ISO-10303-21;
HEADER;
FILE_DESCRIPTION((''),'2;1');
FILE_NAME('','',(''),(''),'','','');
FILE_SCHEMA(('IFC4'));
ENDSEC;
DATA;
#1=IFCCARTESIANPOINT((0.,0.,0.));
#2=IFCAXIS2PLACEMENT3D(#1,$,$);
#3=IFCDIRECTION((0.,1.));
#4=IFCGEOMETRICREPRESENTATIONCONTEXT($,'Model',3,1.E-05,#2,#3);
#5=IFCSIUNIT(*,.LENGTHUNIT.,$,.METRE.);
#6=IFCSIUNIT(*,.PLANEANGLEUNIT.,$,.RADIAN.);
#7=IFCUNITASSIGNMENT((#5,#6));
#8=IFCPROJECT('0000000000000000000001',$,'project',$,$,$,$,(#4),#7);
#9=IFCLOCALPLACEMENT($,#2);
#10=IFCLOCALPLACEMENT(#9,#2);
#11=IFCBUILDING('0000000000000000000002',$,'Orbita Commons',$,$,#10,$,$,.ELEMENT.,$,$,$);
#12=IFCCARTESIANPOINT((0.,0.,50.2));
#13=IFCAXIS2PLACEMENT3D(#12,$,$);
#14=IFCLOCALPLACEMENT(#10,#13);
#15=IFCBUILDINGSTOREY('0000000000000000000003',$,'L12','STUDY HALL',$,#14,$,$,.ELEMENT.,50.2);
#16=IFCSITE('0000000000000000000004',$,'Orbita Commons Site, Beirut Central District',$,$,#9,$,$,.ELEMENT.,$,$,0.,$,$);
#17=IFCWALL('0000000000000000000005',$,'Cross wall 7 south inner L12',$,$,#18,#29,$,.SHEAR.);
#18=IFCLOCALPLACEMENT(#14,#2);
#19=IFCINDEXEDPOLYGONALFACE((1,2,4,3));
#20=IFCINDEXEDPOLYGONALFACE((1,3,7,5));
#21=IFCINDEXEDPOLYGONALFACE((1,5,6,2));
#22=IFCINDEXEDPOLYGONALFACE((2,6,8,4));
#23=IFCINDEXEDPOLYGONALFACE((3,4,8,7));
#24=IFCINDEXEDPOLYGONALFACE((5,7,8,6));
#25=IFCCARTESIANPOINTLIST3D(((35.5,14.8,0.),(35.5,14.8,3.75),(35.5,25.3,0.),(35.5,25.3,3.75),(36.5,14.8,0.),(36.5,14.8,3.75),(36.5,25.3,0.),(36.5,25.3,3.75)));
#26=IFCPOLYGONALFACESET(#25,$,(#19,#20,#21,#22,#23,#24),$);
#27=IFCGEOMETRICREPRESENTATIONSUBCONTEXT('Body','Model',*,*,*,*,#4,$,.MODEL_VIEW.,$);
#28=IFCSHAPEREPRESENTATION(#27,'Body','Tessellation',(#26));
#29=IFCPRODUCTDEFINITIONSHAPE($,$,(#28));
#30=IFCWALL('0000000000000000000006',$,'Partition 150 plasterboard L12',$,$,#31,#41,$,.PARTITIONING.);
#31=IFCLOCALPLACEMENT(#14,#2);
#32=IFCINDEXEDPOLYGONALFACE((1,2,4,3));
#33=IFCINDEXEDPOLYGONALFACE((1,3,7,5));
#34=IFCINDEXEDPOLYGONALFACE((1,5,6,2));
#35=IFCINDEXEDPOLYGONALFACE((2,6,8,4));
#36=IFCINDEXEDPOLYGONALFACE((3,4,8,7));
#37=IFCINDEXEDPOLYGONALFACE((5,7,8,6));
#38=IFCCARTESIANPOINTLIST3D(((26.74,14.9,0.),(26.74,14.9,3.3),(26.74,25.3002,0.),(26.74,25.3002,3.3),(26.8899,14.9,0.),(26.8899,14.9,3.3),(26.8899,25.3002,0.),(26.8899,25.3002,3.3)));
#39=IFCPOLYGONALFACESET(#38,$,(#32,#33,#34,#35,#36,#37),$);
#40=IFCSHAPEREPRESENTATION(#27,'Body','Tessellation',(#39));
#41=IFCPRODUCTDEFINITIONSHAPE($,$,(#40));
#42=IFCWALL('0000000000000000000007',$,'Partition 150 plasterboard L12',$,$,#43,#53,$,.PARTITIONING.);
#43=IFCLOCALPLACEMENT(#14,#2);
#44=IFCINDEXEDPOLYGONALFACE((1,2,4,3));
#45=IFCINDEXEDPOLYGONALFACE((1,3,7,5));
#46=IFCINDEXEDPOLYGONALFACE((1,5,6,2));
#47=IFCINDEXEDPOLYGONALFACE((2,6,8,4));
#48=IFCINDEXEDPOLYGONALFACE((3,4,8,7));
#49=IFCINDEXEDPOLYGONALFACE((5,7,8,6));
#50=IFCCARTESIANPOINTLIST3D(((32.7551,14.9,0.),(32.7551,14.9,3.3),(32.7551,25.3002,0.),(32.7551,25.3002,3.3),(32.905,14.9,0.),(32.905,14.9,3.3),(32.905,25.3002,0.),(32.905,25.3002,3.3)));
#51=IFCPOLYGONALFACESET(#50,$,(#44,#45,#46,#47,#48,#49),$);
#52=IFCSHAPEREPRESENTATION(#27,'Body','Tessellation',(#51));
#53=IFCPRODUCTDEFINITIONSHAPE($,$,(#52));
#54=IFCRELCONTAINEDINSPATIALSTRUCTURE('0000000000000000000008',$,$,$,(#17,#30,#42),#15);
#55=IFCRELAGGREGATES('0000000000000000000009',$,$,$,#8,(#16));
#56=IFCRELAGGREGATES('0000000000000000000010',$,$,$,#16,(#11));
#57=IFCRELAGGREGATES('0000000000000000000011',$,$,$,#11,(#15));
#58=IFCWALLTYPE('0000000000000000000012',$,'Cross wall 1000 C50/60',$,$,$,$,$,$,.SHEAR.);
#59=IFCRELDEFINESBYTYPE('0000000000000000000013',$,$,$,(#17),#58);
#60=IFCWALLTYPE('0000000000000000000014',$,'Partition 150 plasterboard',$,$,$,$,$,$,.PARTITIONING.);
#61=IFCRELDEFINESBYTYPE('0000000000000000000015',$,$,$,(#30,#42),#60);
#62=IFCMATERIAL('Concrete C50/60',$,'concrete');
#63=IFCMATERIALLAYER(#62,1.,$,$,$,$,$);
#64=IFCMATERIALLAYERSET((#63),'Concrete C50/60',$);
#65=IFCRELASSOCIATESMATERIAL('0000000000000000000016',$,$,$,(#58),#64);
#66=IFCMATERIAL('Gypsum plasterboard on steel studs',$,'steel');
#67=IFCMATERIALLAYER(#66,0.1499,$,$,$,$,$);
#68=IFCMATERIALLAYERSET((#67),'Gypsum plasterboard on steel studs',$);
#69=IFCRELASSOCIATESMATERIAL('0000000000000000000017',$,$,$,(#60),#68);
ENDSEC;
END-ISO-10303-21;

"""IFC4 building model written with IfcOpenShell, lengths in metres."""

from ifc_helpers import new_model, si_unit, direction, frame, frame_2d, origin, place, context, subcontext, project, spatial, rectangle, extrude, material, layer, layer_set, type_object, element, save


model = new_model("IFC4")

# Units and contexts
model_context = context("Model", 3, precision=1e-05, world=origin(), true_north=direction((0.0, 1.0)))
body_context = subcontext(model_context, "Body", "Model", "MODEL_VIEW")
ifc_project = project(units=[si_unit("LENGTHUNIT", "METRE"), si_unit("PLANEANGLEUNIT", "RADIAN")], contexts=[model_context])

# Site, building, storey
site_placement = place(None, origin())
site = spatial("IfcSite", under=ifc_project, at=site_placement, Name="Orbita Commons Site, Beirut Central District", CompositionType="ELEMENT", RefElevation=0.0)
building_placement = place(site_placement, origin())
building = spatial("IfcBuilding", under=site, at=building_placement, Name="Orbita Commons", CompositionType="ELEMENT")
storey_placement = place(building_placement, frame((0.0, 0.0, 50.2)))
storey = spatial("IfcBuildingStorey", under=building, at=storey_placement, Name="L12", Description="STUDY HALL", CompositionType="ELEMENT", Elevation=50.2)

# Walls
ifc_material_1 = material(Name="Concrete C50/60", Category="concrete")
ifc_layer_1 = layer(ifc_material_1, 1.0)
ifc_layer_set_1 = layer_set([ifc_layer_1], Name="Concrete C50/60")
wall_type_1 = type_object("IfcWallType", Name="Cross wall 1000 C50/60", PredefinedType="SHEAR", material=ifc_layer_set_1)
for number, where, z_axis, x_axis, name in (
    (1, (36.0, 14.8, 0.0), (0.0, 0.0, 1.0), (0.0, 1.0, 0.0), "Cross wall 7 south inner L12"),
):
    element("IfcWall", number, at=place(storey_placement, frame(where, z_axis=z_axis, x_axis=x_axis)), inside=storey, type_object=wall_type_1, Name=name, PredefinedType="SHEAR", context=body_context, shape_type="SweptSolid", body=[
        extrude(rectangle(XDim=10.5, YDim=1.0, at=frame_2d((5.25, 0.0))), origin(), (0.0, 0.0, 1.0), 3.75),
    ])
ifc_material_2 = material(Name="Gypsum plasterboard on steel studs", Category="steel")
ifc_layer_2 = layer(ifc_material_2, 0.1499)
ifc_layer_set_2 = layer_set([ifc_layer_2], Name="Gypsum plasterboard on steel studs")
wall_type_2 = type_object("IfcWallType", Name="Partition 150 plasterboard", PredefinedType="PARTITIONING", material=ifc_layer_set_2)
for number, where, z_axis, x_axis, name in (
    (2, (26.8149, 14.8999, 0.0), (0.0, 0.0, 1.0), (0.0, 1.0, 0.0), "Partition 150 plasterboard L12"),
    (3, (32.8301, 14.8999, 0.0), (0.0, 0.0, 1.0), (0.0, 1.0, 0.0), "Partition 150 plasterboard L12"),
):
    element("IfcWall", number, at=place(storey_placement, frame(where, z_axis=z_axis, x_axis=x_axis)), inside=storey, type_object=wall_type_2, Name=name, PredefinedType="PARTITIONING", context=body_context, shape_type="SweptSolid", body=[
        extrude(rectangle(XDim=10.4001, YDim=0.1499, at=frame_2d((5.2002, 0.0))), origin(), (0.0, 0.0, 1.0), 3.3),
    ])

save(model, "model.ifc")
